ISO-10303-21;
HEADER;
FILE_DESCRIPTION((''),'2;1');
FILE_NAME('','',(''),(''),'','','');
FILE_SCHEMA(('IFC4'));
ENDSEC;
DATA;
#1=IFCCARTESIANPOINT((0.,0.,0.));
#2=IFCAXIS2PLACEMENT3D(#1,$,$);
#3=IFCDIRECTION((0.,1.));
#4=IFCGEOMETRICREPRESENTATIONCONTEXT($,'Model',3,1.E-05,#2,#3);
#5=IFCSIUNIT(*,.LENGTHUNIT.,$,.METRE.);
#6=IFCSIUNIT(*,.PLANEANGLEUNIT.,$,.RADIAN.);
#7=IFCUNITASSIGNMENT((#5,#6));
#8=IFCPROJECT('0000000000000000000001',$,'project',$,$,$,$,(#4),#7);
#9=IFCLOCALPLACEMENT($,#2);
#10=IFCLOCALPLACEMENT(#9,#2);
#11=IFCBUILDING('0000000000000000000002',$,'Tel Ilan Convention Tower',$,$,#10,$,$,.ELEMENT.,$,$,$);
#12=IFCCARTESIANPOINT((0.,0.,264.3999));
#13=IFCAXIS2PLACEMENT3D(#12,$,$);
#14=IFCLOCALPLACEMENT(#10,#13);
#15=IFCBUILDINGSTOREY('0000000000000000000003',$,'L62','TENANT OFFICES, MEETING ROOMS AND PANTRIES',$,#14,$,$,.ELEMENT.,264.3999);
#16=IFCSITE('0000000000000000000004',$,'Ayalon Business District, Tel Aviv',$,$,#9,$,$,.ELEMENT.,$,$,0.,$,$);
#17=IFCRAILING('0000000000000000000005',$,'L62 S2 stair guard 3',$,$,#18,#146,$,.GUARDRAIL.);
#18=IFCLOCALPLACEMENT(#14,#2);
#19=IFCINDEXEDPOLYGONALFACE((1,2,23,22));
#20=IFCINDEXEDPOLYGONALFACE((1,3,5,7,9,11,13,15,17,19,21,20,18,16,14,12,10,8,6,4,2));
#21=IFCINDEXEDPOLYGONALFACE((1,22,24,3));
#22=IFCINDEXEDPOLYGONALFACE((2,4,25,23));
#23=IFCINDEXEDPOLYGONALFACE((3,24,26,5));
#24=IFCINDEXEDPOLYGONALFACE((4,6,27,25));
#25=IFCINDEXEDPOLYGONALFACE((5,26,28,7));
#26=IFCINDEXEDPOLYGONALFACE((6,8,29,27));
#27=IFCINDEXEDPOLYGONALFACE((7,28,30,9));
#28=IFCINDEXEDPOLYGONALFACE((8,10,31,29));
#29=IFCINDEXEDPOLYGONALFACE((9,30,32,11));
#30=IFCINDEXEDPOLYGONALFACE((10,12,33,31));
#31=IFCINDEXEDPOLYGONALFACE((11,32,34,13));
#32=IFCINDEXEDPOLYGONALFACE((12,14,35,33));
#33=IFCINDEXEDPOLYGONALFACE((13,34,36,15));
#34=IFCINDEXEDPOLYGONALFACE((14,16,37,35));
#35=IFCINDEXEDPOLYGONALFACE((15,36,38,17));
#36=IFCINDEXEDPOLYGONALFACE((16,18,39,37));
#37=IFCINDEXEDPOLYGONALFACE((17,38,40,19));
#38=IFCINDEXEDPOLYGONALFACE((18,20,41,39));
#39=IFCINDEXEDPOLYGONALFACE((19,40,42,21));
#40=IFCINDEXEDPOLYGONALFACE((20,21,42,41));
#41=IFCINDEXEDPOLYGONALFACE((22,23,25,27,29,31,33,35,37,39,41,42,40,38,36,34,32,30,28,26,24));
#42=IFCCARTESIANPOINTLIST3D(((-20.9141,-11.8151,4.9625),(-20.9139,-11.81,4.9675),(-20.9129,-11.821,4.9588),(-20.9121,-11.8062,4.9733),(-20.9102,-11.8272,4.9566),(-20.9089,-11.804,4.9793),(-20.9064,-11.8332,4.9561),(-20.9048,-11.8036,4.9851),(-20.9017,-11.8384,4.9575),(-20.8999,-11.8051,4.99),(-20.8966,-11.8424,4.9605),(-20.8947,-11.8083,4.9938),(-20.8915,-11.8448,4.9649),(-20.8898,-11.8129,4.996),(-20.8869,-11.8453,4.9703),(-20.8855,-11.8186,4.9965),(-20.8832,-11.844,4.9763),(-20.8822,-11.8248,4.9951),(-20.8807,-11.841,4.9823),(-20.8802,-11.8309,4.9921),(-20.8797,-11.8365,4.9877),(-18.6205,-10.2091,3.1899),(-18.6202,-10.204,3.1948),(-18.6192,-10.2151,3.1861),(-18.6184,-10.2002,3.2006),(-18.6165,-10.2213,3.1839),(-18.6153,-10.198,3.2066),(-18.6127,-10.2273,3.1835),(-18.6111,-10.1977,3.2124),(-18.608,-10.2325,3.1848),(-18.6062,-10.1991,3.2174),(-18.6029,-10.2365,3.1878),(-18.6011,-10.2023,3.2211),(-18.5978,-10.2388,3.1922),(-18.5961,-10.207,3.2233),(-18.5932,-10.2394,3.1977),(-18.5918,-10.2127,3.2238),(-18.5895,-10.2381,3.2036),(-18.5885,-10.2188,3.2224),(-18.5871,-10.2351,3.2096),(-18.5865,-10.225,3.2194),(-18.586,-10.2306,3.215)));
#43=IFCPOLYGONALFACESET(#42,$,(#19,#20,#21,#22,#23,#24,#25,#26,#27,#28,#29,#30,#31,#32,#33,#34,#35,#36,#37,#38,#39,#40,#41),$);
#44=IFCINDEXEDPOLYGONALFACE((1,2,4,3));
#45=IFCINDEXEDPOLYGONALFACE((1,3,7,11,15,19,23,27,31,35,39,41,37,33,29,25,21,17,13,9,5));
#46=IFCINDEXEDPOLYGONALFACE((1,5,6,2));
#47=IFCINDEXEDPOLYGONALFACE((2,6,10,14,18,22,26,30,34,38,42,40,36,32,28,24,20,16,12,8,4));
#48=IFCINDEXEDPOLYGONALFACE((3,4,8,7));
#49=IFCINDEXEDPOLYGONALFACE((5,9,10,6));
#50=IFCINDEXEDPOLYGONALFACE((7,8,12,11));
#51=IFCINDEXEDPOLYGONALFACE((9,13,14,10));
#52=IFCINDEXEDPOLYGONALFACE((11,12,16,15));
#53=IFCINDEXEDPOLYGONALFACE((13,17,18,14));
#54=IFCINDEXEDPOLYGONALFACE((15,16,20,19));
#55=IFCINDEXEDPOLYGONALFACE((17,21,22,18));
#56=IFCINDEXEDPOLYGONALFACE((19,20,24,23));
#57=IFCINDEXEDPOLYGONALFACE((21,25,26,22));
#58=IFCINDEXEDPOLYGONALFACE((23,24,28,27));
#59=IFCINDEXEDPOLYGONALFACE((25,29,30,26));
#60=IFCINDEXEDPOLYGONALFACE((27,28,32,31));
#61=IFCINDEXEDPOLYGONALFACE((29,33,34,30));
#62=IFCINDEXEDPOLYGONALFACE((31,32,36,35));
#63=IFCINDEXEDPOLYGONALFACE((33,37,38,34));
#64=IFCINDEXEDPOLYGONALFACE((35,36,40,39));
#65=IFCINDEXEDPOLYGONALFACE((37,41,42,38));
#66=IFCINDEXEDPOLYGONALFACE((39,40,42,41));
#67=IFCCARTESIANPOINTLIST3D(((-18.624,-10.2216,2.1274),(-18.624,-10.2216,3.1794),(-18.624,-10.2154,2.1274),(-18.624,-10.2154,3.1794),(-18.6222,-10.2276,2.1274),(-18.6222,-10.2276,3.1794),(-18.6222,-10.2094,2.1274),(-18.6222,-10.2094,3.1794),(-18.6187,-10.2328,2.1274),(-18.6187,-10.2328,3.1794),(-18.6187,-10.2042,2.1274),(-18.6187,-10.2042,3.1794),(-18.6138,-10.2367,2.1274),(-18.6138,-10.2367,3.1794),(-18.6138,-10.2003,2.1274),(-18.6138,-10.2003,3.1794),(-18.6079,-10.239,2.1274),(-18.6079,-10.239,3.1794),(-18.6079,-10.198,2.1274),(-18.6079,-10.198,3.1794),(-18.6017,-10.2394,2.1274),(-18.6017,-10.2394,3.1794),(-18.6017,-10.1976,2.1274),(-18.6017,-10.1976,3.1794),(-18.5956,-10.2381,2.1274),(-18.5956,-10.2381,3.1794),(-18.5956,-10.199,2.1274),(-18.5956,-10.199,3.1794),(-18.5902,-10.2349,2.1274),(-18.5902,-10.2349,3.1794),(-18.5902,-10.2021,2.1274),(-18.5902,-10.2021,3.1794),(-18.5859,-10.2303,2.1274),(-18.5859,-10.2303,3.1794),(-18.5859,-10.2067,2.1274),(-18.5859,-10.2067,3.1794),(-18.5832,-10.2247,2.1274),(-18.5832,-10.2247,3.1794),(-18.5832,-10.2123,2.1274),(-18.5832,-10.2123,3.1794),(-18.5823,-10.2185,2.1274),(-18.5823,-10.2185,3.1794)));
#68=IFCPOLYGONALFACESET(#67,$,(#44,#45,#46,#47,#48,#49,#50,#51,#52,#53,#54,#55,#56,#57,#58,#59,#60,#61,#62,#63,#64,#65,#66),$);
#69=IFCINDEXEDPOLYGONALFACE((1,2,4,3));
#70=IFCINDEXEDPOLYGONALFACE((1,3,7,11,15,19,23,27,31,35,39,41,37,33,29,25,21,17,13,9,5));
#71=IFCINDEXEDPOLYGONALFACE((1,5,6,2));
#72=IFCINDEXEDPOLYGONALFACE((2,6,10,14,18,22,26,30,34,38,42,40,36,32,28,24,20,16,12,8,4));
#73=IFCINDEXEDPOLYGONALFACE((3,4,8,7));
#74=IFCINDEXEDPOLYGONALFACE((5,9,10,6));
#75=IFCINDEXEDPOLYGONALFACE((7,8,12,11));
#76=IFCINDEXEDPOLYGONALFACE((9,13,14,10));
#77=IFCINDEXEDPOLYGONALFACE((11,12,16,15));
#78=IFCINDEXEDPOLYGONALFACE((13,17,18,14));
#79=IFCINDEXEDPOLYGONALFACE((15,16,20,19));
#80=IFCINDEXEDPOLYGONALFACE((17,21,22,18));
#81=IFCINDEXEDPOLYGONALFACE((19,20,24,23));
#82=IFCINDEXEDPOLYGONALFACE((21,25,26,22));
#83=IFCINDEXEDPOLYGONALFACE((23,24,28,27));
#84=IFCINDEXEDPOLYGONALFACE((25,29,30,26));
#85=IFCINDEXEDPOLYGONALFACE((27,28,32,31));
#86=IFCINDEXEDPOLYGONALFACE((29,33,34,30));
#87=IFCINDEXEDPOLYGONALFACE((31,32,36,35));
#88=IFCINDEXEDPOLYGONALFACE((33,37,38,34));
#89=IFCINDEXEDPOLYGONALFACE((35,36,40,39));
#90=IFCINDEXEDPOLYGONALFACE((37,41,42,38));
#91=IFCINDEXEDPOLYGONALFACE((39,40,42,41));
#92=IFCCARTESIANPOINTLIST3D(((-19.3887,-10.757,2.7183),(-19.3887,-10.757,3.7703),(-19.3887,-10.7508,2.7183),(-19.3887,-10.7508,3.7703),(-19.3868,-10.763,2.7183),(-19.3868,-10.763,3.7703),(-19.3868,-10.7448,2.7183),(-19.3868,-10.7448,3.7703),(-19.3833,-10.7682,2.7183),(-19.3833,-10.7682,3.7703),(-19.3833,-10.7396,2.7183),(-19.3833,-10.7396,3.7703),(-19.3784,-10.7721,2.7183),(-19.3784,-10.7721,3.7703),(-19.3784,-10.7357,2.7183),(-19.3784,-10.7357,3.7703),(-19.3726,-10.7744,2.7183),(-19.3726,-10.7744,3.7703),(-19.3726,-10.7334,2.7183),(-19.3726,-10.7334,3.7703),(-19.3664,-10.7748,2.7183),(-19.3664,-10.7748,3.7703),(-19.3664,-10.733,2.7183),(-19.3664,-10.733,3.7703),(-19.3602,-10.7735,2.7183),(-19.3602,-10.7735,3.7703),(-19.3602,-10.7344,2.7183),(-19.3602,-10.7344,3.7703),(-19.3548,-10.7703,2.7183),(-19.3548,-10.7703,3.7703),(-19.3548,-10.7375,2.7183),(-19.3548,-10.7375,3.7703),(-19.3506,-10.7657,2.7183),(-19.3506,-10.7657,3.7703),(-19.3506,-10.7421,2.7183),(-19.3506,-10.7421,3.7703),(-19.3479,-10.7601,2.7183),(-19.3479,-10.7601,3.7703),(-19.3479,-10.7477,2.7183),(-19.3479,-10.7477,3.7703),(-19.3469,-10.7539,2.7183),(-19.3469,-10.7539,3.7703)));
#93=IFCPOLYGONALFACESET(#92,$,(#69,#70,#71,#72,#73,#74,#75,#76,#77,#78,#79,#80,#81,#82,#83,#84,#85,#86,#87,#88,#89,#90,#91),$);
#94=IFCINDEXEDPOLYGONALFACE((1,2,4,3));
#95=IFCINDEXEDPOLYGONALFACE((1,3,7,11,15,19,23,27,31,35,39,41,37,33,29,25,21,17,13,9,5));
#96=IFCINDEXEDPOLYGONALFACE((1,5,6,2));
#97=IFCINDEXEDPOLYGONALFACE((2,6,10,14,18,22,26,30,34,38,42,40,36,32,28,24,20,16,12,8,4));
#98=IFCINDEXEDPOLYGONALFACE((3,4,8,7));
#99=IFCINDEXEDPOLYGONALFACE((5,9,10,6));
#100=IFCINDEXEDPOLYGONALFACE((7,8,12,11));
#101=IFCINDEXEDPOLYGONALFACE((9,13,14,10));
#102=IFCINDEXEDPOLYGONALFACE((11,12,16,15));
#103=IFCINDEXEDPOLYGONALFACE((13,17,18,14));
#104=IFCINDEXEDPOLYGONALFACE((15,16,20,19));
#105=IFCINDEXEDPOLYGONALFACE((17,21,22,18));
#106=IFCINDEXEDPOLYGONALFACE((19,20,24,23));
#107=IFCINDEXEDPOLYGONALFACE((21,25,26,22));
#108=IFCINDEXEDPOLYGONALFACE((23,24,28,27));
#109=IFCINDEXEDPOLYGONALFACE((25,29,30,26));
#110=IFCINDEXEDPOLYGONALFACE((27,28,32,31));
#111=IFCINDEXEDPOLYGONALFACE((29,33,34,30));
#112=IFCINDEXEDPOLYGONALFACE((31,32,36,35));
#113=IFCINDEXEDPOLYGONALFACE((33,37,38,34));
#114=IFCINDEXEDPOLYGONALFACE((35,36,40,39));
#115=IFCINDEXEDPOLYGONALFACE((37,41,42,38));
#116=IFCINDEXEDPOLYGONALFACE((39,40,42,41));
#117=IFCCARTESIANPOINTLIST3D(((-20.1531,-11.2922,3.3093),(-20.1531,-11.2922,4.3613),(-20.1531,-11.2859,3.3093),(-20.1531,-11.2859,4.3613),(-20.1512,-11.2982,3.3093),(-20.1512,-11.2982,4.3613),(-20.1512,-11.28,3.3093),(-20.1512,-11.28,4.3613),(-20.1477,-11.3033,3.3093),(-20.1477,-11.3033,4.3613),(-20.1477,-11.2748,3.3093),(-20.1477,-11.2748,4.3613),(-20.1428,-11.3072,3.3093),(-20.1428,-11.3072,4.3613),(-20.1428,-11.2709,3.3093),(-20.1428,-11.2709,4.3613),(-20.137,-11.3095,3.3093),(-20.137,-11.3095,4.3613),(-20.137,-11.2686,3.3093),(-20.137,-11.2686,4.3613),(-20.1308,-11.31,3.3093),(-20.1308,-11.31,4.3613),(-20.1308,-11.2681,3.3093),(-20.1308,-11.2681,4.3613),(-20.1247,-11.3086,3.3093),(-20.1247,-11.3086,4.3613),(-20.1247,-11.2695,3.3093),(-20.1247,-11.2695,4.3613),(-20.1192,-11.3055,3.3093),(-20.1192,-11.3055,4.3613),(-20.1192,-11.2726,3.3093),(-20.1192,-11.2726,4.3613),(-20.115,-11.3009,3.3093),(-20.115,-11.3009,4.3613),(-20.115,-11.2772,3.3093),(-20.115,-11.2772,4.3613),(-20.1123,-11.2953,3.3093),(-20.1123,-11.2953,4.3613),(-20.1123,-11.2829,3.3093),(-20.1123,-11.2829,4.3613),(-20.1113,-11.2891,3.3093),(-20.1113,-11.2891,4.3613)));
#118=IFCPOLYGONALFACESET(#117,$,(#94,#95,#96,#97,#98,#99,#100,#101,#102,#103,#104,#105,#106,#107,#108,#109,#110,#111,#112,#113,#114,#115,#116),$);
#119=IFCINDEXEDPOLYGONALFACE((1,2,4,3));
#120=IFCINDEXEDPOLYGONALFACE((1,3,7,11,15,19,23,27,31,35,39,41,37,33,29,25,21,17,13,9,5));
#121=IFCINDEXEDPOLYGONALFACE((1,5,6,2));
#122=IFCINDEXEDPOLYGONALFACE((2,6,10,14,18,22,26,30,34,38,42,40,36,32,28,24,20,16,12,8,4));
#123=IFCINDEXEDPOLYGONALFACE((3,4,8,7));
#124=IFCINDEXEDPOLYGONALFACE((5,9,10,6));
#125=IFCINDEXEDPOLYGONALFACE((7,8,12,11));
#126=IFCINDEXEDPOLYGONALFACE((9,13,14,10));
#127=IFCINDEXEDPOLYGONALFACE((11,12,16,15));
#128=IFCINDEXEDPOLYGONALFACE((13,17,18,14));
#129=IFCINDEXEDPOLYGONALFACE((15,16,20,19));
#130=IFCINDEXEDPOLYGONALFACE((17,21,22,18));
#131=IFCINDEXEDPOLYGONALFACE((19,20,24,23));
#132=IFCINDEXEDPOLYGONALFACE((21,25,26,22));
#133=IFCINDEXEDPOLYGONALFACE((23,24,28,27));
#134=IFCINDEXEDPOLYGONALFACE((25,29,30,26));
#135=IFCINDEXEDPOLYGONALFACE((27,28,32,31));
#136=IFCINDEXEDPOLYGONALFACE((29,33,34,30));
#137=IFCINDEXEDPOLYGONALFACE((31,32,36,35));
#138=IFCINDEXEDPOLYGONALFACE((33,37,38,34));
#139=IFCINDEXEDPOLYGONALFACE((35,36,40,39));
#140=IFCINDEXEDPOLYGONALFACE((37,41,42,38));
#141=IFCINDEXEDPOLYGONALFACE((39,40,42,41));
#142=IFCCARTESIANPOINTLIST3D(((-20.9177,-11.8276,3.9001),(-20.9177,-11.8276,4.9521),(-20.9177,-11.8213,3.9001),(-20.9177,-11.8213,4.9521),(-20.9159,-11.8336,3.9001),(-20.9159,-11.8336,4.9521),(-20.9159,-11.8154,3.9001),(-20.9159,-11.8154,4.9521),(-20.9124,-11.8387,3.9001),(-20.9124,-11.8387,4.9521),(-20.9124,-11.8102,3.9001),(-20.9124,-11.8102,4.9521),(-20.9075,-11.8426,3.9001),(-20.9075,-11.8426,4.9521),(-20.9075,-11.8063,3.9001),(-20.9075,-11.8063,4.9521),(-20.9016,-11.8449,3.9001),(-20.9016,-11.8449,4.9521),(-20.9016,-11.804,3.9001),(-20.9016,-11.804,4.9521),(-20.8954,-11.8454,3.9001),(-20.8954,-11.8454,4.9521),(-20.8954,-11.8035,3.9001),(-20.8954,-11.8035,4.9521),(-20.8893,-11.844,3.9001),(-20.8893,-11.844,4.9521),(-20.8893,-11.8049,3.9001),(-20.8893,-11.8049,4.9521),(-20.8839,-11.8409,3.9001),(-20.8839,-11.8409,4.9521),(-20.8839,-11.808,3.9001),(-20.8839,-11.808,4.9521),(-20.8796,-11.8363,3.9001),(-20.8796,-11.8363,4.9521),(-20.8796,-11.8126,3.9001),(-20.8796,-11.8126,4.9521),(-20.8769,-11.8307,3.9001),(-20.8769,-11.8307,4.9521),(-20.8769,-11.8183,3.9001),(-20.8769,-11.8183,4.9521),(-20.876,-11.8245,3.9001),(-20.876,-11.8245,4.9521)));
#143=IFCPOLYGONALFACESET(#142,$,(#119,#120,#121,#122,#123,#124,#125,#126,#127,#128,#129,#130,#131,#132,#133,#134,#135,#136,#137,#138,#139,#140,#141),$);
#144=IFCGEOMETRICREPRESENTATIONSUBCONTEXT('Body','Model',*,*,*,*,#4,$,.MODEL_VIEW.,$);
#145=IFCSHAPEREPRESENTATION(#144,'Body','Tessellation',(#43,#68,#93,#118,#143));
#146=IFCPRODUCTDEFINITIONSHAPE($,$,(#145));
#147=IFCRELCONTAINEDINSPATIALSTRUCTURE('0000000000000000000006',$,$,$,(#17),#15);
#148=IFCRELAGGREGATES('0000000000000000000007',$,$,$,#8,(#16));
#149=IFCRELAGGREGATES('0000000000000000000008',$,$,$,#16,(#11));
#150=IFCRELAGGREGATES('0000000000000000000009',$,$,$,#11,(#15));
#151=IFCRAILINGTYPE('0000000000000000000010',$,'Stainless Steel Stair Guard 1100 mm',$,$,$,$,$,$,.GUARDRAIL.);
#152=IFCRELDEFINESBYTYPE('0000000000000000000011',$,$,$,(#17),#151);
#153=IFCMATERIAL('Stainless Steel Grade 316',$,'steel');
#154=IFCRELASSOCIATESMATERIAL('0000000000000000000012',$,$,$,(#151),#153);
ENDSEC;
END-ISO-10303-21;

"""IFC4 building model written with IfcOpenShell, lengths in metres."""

from ifc_helpers import new_model, si_unit, direction, frame, origin, origin_2d, place, context, subcontext, project, spatial, circle, extrude, material, type_object, element, save


model = new_model("IFC4")

# Units and contexts
model_context = context("Model", 3, precision=1e-05, world=origin(), true_north=direction((0.0, 1.0)))
body_context = subcontext(model_context, "Body", "Model", "MODEL_VIEW")
ifc_project = project(units=[si_unit("LENGTHUNIT", "METRE"), si_unit("PLANEANGLEUNIT", "RADIAN")], contexts=[model_context])

# Site, building, storey
site_placement = place(None, origin())
site = spatial("IfcSite", under=ifc_project, at=site_placement, Name="Ayalon Business District, Tel Aviv", CompositionType="ELEMENT", RefElevation=0.0)
building_placement = place(site_placement, origin())
building = spatial("IfcBuilding", under=site, at=building_placement, Name="Tel Ilan Convention Tower", CompositionType="ELEMENT")
storey_placement = place(building_placement, frame((0.0, 0.0, 264.3999)))
storey = spatial("IfcBuildingStorey", under=building, at=storey_placement, Name="L62", Description="TENANT OFFICES, MEETING ROOMS AND PANTRIES", CompositionType="ELEMENT", Elevation=264.3999)

# Railing
ifc_material_1 = material(Name="Stainless Steel Grade 316", Category="steel")
railing_type_1 = type_object("IfcRailingType", Name="Stainless Steel Stair Guard 1100 mm", PredefinedType="GUARDRAIL", material=ifc_material_1)
railing_1_placement = place(storey_placement, frame((-18.6033, -10.2185, 2.1274)))
element("IfcRailing", 1, at=railing_1_placement, inside=storey, type_object=railing_type_1, Name="L62 S2 stair guard 3", PredefinedType="GUARDRAIL", context=body_context, shape_type="SweptSolid", body=[
    extrude(circle(Radius=0.0239, at=origin_2d()), frame((0.0, 0.0, 1.0762), z_axis=(-0.692123, -0.484597, 0.534913), x_axis=(0.57355, -0.81917, 0.0)), (0.0, 0.0, 1.0), 3.314),
    extrude(circle(Radius=0.021, at=origin_2d()), origin(), (0.0, 0.0, 1.0), 1.052),
    extrude(circle(Radius=0.021, at=origin_2d()), frame((-0.7646, -0.5354, 0.5908)), (0.0, 0.0, 1.0), 1.052),
    extrude(circle(Radius=0.021, at=origin_2d()), frame((-1.5291, -1.0706, 1.1819)), (0.0, 0.0, 1.0), 1.052),
    extrude(circle(Radius=0.021, at=origin_2d()), frame((-2.2937, -1.606, 1.7727)), (0.0, 0.0, 1.0), 1.052),
])

save(model, "model.ifc")
